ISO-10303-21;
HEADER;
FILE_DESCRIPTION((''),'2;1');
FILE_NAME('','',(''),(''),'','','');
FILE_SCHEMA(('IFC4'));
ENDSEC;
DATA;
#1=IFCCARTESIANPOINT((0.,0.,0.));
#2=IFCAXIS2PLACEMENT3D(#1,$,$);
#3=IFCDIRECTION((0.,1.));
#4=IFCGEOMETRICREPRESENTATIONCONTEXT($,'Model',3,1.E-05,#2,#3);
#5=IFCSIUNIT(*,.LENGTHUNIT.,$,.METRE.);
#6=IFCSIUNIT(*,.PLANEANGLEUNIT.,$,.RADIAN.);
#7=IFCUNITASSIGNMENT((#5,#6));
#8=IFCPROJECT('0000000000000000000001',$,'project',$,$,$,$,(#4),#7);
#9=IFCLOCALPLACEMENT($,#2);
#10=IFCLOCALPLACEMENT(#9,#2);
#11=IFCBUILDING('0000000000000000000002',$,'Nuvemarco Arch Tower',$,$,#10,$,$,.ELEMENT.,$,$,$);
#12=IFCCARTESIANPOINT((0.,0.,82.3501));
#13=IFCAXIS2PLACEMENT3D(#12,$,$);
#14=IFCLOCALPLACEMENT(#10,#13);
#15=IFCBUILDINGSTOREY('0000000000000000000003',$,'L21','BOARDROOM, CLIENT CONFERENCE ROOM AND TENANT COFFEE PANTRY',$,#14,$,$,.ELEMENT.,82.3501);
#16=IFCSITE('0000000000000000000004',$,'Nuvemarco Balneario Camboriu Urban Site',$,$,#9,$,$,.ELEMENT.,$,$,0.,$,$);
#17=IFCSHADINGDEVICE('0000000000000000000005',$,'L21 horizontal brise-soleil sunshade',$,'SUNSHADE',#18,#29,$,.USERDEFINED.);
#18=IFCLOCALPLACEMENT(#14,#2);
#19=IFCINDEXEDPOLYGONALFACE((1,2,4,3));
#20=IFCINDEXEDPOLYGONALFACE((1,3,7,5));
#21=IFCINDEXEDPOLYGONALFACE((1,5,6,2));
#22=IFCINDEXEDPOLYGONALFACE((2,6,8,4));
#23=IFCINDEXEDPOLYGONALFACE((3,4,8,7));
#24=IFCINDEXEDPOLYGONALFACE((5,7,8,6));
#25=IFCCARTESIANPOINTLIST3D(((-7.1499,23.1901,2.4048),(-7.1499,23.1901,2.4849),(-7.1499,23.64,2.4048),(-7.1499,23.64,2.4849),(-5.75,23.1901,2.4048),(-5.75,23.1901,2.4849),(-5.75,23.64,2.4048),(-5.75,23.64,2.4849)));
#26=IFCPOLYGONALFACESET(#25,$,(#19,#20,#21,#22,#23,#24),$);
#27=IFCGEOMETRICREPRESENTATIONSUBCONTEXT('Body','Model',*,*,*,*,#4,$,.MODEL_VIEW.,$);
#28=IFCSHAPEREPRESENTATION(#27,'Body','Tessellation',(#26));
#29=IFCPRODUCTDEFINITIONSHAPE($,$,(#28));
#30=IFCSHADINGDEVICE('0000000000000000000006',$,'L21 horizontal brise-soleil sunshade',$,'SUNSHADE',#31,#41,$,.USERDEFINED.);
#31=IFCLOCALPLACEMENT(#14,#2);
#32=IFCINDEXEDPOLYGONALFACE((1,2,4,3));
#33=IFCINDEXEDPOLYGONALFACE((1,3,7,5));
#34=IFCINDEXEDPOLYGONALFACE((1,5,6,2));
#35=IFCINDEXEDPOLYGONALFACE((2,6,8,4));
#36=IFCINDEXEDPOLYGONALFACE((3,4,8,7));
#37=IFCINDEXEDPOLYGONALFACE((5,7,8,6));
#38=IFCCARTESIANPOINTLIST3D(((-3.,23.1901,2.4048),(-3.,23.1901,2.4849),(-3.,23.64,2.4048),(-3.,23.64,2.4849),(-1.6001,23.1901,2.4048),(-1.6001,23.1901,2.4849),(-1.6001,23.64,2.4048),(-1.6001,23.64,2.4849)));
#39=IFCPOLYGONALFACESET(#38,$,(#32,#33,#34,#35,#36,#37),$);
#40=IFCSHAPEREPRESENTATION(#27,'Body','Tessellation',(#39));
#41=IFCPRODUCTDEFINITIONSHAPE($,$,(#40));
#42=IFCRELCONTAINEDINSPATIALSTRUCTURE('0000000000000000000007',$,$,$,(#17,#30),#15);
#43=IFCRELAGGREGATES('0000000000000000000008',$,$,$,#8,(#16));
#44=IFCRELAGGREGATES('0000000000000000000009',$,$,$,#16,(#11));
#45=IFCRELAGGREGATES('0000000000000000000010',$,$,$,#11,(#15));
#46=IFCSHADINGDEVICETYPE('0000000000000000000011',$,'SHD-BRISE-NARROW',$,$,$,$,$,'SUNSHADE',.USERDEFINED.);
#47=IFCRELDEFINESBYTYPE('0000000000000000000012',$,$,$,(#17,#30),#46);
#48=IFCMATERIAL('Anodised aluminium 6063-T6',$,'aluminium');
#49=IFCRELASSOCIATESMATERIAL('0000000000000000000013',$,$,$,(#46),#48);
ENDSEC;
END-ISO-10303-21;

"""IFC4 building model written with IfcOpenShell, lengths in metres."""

from ifc_helpers import new_model, si_unit, direction, frame, origin, origin_2d, place, context, subcontext, project, spatial, rectangle, extrude, source, transform, mapped, material, type_object, type_shapes, element, save


model = new_model("IFC4")

# Units and contexts
model_context = context("Model", 3, precision=1e-05, world=origin(), true_north=direction((0.0, 1.0)))
body_context = subcontext(model_context, "Body", "Model", "MODEL_VIEW")
ifc_project = project(units=[si_unit("LENGTHUNIT", "METRE"), si_unit("PLANEANGLEUNIT", "RADIAN")], contexts=[model_context])

# Site, building, storey
site_placement = place(None, origin())
site = spatial("IfcSite", under=ifc_project, at=site_placement, Name="Nuvemarco Balneario Camboriu Urban Site", CompositionType="ELEMENT", RefElevation=0.0)
building_placement = place(site_placement, origin())
building = spatial("IfcBuilding", under=site, at=building_placement, Name="Nuvemarco Arch Tower", CompositionType="ELEMENT")
storey_placement = place(building_placement, frame((0.0, 0.0, 82.3501)))
storey = spatial("IfcBuildingStorey", under=building, at=storey_placement, Name="L21", Description="BOARDROOM, CLIENT CONFERENCE ROOM AND TENANT COFFEE PANTRY", CompositionType="ELEMENT", Elevation=82.3501)

# Shading devices
ifc_material_1 = material(Name="Anodised aluminium 6063-T6", Category="aluminium")
shading_device_type = type_object("IfcShadingDeviceType", Name="SHD-BRISE-NARROW", ElementType="SUNSHADE", PredefinedType="USERDEFINED", material=ifc_material_1)
shared_shape_1 = source(origin(), body_context, "Body", "SweptSolid", [
    extrude(rectangle(XDim=1.3999, YDim=0.45, at=origin_2d()), origin(), (0.0, 0.0, 1.0), 0.0801),
])
type_shapes(shading_device_type, [shared_shape_1])
for number, where, z_axis, x_axis, name in (
    (1, (-6.45, 23.415, 2.4048), (0.0, 0.0, 1.0), (1.0, 0.0, 0.0), "L21 horizontal brise-soleil sunshade"),
    (2, (-2.3, 23.415, 2.4048), (0.0, 0.0, 1.0), (1.0, 0.0, 0.0), "L21 horizontal brise-soleil sunshade"),
):
    element("IfcShadingDevice", number, at=place(storey_placement, frame(where, z_axis=z_axis, x_axis=x_axis)), inside=storey, type_object=shading_device_type, Name=name, ObjectType="SUNSHADE", PredefinedType="USERDEFINED", context=body_context, shape_type="MappedRepresentation", body=[
        mapped(shared_shape_1, transform((0.0, 0.0, 0.0), scale=1.0)),
    ])

save(model, "model.ifc")
